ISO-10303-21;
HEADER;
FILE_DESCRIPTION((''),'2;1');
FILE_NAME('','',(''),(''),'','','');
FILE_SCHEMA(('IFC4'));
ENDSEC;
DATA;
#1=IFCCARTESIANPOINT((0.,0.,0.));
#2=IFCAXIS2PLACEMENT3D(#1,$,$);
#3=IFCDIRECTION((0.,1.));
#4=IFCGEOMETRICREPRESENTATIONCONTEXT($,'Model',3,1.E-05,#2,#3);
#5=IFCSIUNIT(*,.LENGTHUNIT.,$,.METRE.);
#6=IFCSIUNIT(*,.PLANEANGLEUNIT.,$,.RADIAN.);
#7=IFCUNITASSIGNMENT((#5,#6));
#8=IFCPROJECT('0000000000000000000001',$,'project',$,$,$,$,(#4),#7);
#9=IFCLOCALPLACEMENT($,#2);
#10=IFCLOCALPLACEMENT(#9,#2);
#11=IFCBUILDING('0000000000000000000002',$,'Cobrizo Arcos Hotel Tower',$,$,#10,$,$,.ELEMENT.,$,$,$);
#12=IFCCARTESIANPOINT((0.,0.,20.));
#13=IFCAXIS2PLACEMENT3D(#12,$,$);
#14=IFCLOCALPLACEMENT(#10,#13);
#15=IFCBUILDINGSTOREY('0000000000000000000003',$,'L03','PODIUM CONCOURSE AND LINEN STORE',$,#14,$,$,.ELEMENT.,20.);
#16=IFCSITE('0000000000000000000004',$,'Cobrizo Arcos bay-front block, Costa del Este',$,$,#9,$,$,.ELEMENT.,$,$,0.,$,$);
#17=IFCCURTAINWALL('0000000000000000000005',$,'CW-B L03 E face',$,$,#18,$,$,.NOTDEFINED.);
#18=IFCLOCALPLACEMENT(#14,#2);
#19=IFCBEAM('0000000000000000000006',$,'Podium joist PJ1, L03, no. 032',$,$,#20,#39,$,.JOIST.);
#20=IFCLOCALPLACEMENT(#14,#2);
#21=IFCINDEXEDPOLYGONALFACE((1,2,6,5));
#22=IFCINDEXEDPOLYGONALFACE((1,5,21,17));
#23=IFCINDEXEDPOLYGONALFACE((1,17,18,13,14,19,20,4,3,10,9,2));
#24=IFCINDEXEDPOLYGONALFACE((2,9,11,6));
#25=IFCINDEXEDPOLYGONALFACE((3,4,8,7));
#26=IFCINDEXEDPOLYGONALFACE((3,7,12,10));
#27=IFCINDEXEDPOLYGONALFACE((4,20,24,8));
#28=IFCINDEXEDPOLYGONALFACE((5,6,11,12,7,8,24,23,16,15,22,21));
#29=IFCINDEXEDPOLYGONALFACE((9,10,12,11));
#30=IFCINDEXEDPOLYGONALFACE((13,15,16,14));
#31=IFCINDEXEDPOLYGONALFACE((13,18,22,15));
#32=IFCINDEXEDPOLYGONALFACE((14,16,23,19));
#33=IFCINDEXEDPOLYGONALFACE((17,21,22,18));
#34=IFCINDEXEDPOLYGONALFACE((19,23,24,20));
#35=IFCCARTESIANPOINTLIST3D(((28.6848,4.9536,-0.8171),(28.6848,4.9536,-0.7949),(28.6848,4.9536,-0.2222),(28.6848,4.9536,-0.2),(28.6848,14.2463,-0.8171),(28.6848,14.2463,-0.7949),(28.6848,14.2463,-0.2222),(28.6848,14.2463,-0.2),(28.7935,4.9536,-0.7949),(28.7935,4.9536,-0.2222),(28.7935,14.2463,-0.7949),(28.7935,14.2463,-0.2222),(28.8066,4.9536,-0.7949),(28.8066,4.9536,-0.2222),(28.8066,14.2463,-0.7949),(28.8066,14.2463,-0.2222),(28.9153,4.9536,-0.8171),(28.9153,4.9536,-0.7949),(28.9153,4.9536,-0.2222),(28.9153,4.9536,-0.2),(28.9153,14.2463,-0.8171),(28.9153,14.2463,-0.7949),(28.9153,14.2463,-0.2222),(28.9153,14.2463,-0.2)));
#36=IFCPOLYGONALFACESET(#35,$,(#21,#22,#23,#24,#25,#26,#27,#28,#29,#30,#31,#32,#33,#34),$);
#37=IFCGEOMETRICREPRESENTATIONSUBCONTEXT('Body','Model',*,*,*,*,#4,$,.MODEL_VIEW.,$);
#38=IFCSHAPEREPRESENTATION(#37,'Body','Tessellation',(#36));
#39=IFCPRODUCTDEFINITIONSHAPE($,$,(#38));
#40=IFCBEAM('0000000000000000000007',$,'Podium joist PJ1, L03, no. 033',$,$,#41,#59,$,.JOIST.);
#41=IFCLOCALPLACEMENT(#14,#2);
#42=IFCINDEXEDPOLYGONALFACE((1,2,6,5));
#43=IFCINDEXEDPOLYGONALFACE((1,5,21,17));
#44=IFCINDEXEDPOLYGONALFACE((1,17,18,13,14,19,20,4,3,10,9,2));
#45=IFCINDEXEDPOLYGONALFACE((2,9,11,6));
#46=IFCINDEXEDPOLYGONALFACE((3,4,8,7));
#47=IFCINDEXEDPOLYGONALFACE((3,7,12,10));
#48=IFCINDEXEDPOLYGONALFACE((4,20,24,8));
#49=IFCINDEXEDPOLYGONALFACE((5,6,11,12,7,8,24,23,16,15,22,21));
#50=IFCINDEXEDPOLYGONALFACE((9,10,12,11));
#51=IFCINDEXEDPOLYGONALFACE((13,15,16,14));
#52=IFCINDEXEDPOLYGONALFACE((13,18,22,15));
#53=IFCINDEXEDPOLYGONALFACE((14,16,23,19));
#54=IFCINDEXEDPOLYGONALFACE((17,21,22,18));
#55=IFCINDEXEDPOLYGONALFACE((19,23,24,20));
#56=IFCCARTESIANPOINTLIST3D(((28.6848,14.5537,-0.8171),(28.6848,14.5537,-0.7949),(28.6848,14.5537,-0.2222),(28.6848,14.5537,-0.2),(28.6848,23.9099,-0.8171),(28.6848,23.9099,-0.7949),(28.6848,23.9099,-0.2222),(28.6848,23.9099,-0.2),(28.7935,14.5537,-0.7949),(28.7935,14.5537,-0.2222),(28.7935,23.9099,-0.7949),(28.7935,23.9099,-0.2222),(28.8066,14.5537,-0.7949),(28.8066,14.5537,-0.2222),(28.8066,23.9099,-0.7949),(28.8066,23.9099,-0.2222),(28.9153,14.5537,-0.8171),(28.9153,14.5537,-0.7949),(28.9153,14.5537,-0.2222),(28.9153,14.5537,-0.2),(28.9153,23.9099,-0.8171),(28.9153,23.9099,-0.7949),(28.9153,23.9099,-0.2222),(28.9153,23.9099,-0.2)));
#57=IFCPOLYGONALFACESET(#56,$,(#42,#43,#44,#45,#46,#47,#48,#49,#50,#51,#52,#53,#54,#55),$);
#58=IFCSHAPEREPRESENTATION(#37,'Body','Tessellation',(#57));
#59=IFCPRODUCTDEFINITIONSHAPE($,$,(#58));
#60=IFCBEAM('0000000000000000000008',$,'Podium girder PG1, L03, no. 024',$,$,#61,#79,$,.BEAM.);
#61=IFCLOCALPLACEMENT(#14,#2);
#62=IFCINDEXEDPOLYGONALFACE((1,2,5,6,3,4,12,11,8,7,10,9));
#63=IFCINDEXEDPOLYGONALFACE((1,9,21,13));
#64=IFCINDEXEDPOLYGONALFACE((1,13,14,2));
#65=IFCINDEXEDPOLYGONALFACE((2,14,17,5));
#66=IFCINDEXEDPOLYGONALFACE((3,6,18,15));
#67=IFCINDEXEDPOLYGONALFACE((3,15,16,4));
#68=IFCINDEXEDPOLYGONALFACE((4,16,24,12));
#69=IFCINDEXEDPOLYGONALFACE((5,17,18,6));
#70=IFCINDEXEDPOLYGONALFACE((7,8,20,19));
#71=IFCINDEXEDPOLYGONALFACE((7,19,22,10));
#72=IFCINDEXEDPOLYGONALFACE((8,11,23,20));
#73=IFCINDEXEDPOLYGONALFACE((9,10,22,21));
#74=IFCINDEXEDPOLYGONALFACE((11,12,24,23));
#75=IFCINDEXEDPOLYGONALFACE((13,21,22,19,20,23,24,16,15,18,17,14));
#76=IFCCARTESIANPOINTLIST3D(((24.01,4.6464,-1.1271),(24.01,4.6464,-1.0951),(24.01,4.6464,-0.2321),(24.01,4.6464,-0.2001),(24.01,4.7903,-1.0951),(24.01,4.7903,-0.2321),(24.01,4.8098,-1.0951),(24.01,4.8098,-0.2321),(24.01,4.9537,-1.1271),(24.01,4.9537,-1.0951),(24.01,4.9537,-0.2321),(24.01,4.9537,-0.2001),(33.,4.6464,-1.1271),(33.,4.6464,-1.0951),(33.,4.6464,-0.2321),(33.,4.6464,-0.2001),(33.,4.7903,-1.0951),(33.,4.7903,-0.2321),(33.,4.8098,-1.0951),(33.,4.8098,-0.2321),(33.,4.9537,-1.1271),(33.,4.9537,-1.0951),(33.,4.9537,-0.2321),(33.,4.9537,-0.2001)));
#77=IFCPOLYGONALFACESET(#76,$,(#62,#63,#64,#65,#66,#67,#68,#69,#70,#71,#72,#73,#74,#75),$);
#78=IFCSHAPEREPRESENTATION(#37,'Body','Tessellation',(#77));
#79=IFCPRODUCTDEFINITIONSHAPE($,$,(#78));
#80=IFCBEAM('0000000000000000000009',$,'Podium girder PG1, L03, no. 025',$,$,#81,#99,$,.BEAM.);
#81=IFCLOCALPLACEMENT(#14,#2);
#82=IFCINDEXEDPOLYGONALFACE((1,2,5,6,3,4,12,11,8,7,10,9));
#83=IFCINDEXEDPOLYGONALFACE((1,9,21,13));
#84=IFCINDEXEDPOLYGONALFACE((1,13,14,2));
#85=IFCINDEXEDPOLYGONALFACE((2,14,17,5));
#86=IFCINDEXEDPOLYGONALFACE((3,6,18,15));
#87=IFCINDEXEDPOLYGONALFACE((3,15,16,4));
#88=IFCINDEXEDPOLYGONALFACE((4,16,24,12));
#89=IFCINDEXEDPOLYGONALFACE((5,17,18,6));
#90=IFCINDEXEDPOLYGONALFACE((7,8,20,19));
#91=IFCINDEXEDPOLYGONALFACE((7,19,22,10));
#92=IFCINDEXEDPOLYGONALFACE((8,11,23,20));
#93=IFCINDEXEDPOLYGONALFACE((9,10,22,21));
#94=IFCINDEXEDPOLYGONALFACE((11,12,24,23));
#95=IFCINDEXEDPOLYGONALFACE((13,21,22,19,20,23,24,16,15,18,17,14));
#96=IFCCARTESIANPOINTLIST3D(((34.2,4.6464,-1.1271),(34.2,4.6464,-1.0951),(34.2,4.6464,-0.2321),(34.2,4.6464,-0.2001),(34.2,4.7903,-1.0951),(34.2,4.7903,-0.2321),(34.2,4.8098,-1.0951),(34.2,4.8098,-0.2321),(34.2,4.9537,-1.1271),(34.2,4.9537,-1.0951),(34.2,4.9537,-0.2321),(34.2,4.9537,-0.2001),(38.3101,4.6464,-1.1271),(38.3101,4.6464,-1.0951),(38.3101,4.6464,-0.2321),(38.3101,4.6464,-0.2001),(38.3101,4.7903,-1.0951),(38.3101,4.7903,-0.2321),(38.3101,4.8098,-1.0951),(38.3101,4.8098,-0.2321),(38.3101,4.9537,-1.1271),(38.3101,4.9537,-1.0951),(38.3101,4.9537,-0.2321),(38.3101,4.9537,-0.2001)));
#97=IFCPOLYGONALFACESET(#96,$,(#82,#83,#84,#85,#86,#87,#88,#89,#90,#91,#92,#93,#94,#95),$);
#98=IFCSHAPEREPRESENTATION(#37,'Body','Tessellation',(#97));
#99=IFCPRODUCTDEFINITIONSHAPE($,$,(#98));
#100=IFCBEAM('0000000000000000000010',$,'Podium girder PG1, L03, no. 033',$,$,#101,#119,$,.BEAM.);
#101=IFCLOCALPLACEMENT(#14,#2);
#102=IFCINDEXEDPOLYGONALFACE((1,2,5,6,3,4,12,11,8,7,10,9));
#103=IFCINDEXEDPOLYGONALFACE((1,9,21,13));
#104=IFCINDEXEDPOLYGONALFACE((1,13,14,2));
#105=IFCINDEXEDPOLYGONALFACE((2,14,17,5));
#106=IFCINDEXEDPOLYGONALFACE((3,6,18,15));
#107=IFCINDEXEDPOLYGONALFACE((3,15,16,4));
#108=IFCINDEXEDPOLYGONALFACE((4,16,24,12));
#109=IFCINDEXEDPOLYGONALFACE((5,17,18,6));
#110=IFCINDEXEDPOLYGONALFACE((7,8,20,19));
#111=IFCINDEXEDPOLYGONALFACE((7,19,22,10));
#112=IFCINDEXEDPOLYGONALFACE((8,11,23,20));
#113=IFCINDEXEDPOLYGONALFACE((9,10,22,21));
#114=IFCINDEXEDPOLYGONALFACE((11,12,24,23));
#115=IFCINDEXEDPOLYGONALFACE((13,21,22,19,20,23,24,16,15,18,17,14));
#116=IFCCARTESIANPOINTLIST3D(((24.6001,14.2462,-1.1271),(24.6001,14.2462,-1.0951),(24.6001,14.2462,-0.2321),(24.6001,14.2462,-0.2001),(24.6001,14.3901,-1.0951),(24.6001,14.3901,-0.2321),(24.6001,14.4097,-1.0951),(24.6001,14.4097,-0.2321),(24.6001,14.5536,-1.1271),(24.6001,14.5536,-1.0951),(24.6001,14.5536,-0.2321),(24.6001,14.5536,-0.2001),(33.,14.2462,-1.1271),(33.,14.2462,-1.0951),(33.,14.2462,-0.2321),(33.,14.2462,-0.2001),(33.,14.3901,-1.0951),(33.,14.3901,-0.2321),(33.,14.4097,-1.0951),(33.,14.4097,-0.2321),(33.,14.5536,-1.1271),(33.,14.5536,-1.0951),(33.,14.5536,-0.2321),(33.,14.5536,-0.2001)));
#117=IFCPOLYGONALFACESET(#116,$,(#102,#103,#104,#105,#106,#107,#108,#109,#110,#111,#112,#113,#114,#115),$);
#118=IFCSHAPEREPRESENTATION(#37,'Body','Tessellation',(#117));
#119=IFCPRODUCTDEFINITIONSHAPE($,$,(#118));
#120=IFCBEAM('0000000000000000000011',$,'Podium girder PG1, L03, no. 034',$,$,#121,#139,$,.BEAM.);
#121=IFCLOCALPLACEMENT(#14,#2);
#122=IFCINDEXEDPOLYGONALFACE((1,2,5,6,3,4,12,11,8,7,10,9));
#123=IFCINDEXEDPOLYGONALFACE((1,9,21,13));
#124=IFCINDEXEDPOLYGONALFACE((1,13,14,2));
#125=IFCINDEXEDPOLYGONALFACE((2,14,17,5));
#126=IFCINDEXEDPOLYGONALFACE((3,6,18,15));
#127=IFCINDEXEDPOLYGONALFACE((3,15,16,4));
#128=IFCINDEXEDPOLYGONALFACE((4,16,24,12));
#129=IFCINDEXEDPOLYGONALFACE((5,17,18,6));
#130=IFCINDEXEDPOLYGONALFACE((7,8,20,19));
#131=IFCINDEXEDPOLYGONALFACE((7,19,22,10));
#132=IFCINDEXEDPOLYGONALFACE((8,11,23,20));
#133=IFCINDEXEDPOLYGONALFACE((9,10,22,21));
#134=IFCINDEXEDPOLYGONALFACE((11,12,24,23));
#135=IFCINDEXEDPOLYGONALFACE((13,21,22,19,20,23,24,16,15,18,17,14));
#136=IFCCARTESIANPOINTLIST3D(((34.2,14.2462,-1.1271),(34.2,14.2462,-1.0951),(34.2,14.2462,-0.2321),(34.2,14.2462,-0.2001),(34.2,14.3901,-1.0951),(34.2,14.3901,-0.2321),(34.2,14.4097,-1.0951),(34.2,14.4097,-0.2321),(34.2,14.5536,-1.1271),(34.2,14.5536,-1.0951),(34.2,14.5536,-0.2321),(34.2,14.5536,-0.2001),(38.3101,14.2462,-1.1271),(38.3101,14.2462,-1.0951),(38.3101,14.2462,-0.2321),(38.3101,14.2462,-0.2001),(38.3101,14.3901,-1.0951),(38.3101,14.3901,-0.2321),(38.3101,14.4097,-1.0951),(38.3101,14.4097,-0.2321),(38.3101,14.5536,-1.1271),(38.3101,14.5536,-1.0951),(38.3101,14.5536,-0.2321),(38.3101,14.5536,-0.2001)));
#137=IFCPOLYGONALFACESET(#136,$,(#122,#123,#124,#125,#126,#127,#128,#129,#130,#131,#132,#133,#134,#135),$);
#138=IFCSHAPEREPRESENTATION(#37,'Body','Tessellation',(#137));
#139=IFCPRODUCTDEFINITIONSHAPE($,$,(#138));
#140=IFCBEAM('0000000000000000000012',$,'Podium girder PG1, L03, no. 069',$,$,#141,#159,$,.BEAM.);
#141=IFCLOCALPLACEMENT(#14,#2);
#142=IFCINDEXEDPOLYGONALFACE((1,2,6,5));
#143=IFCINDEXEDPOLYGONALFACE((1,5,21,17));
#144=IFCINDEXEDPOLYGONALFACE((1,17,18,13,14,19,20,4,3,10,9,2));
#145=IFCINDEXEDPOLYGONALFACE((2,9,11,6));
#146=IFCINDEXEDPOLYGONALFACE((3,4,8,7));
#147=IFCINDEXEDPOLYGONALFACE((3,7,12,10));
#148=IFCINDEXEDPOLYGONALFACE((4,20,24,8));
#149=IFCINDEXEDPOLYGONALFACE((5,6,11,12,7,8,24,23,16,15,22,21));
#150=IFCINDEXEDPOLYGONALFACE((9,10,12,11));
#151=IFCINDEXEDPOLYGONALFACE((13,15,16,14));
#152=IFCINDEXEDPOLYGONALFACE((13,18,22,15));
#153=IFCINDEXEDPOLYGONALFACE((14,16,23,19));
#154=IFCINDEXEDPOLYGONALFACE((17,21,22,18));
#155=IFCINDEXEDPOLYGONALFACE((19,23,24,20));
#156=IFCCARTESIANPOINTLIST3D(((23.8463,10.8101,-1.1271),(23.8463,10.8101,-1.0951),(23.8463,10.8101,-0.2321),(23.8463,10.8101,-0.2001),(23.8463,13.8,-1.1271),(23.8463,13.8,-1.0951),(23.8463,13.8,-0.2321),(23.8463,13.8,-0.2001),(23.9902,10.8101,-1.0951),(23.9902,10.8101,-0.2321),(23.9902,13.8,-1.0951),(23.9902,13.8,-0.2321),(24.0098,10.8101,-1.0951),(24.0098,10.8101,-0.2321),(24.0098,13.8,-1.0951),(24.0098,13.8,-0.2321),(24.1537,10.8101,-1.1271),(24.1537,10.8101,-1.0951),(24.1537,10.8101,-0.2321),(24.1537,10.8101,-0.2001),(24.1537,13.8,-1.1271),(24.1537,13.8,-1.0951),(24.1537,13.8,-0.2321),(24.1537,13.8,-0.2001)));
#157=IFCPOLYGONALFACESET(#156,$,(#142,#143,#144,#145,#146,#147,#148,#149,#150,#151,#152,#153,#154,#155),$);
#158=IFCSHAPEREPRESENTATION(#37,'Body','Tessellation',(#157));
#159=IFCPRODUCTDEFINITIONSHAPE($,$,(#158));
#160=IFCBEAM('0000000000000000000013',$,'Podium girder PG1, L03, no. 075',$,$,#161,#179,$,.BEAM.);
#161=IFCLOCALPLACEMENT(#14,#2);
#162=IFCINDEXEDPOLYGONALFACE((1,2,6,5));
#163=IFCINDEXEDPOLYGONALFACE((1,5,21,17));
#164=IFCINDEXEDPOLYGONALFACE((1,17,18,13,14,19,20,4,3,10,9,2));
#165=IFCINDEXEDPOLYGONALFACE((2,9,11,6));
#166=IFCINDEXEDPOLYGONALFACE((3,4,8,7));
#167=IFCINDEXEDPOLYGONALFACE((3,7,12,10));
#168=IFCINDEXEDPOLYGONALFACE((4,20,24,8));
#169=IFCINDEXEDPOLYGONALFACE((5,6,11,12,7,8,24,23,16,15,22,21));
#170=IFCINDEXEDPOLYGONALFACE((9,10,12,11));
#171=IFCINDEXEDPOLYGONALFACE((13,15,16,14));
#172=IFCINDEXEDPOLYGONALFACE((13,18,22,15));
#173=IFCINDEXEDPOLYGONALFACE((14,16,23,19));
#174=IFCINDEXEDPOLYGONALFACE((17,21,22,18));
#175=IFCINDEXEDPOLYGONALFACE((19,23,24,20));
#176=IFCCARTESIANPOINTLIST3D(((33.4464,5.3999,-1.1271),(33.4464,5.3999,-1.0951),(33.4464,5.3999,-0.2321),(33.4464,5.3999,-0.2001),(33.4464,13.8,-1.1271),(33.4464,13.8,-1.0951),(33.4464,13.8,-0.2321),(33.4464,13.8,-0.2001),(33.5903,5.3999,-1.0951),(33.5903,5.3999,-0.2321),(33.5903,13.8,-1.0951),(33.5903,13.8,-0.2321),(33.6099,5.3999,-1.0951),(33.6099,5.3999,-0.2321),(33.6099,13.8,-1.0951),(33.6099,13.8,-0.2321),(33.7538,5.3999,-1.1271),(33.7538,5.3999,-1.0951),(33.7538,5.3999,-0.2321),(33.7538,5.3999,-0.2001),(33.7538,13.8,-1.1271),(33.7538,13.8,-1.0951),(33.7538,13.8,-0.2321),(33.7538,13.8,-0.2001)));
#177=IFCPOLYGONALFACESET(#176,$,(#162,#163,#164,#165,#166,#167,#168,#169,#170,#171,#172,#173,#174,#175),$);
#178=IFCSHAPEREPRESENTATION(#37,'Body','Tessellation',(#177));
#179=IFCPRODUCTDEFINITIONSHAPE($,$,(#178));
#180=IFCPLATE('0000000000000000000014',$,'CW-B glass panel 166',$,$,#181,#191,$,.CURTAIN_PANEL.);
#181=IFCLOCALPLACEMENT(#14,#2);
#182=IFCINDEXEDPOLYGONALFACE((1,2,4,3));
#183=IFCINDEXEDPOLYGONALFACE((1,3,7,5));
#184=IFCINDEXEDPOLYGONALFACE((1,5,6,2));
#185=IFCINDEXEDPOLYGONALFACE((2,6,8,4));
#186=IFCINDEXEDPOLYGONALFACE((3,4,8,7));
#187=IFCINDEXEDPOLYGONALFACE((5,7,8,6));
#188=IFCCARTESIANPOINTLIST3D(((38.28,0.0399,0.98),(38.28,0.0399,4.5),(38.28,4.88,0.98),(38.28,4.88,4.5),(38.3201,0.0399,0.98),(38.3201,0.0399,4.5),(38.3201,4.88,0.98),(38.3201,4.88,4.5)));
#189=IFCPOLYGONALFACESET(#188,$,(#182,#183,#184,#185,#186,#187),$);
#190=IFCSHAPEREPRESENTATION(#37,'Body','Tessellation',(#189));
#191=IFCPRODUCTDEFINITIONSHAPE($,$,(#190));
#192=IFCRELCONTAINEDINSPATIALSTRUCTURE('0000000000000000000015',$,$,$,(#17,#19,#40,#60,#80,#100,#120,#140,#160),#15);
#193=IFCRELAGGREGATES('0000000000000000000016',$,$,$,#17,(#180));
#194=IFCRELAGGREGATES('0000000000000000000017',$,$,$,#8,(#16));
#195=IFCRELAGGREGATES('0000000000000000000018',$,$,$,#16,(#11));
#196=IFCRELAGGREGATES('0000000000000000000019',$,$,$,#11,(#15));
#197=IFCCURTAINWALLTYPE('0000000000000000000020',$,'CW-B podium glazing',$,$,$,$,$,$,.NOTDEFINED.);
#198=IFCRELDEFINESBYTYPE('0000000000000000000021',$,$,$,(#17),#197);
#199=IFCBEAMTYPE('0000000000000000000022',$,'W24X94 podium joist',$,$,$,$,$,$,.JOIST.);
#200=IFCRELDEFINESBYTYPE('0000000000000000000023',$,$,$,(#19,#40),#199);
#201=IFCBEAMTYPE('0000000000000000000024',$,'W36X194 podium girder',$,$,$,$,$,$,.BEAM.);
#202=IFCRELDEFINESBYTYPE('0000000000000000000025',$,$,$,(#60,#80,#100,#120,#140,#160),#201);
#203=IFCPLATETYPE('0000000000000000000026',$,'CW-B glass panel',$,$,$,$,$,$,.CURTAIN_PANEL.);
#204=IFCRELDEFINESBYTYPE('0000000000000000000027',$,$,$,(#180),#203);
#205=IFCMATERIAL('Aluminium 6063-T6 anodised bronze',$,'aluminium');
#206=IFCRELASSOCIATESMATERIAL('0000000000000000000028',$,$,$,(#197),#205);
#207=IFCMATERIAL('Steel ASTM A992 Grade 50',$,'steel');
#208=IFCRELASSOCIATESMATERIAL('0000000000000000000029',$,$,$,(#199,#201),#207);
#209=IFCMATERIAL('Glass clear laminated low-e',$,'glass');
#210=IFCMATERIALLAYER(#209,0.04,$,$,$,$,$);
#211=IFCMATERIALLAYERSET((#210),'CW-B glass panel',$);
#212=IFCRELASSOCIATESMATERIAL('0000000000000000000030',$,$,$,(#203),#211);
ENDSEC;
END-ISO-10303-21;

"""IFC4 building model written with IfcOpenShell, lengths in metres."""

from ifc_helpers import new_model, si_unit, direction, frame, origin, origin_2d, place, context, subcontext, project, spatial, rectangle, i_section, extrude, material, layer, layer_set, material_profile, profile_set, type_object, element, aggregate, save


model = new_model("IFC4")

# Units and contexts
model_context = context("Model", 3, precision=1e-05, world=origin(), true_north=direction((0.0, 1.0)))
body_context = subcontext(model_context, "Body", "Model", "MODEL_VIEW")
ifc_project = project(units=[si_unit("LENGTHUNIT", "METRE"), si_unit("PLANEANGLEUNIT", "RADIAN")], contexts=[model_context])

# Site, building, storey
site_placement = place(None, origin())
site = spatial("IfcSite", under=ifc_project, at=site_placement, Name="Cobrizo Arcos bay-front block, Costa del Este", CompositionType="ELEMENT", RefElevation=0.0)
building_placement = place(site_placement, origin())
building = spatial("IfcBuilding", under=site, at=building_placement, Name="Cobrizo Arcos Hotel Tower", CompositionType="ELEMENT")
storey_placement = place(building_placement, frame((0.0, 0.0, 20.0)))
storey = spatial("IfcBuildingStorey", under=building, at=storey_placement, Name="L03", Description="PODIUM CONCOURSE AND LINEN STORE", CompositionType="ELEMENT", Elevation=20.0)

# Curtain wall
ifc_material_1 = material(Name="Aluminium 6063-T6 anodised bronze", Category="aluminium")
curtain_wall_type = type_object("IfcCurtainWallType", Name="CW-B podium glazing", PredefinedType="NOTDEFINED", material=ifc_material_1)
curtain_wall_placement = place(storey_placement, origin())
curtain_wall = element("IfcCurtainWall", 1, at=curtain_wall_placement, inside=storey, type_object=curtain_wall_type, Name="CW-B L03 E face", PredefinedType="NOTDEFINED")

# Beams
ifc_material_2 = material(Name="Steel ASTM A992 Grade 50", Category="steel")
ifc_material_profile_1 = material_profile(ifc_material_2, i_section(OverallWidth=0.2305, OverallDepth=0.6172, WebThickness=0.0132, FlangeThickness=0.0222, at=origin_2d()), Name="W24X94")
ifc_profile_set_1 = profile_set([ifc_material_profile_1], Name="Steel ASTM A992 Grade 50")
beam_type_1 = type_object("IfcBeamType", Name="W24X94 podium joist", PredefinedType="JOIST", material=ifc_profile_set_1)
beam_1_placement = place(storey_placement, frame((28.8, 4.9536, -0.5085), z_axis=(0.0, 1.0, 0.0), x_axis=(-1.0, 0.0, 0.0)))
element("IfcBeam", 2, at=beam_1_placement, inside=storey, type_object=beam_type_1, Name="Podium joist PJ1, L03, no. 032", PredefinedType="JOIST", context=body_context, shape_type="SweptSolid", body=[
    extrude(i_section(OverallWidth=0.2305, OverallDepth=0.6172, WebThickness=0.0132, FlangeThickness=0.0222, at=origin_2d()), origin(), (0.0, 0.0, 1.0), 9.2927),
])
beam_2_placement = place(storey_placement, frame((28.8, 14.5537, -0.5085), z_axis=(0.0, 1.0, 0.0), x_axis=(-1.0, 0.0, 0.0)))
element("IfcBeam", 3, at=beam_2_placement, inside=storey, type_object=beam_type_1, Name="Podium joist PJ1, L03, no. 033", PredefinedType="JOIST", context=body_context, shape_type="SweptSolid", body=[
    extrude(i_section(OverallWidth=0.2305, OverallDepth=0.6172, WebThickness=0.0132, FlangeThickness=0.0222, at=origin_2d()), origin(), (0.0, 0.0, 1.0), 9.3562),
])
ifc_material_profile_2 = material_profile(ifc_material_2, i_section(OverallWidth=0.3074, OverallDepth=0.927, WebThickness=0.0195, FlangeThickness=0.032, at=origin_2d()), Name="W36X194")
ifc_profile_set_2 = profile_set([ifc_material_profile_2], Name="Steel ASTM A992 Grade 50")
beam_type_2 = type_object("IfcBeamType", Name="W36X194 podium girder", PredefinedType="BEAM", material=ifc_profile_set_2)
beam_3_placement = place(storey_placement, frame((24.01, 4.8, -0.6636), z_axis=(1.0, 0.0, 0.0), x_axis=(0.0, 1.0, 0.0)))
element("IfcBeam", 4, at=beam_3_placement, inside=storey, type_object=beam_type_2, Name="Podium girder PG1, L03, no. 024", PredefinedType="BEAM", context=body_context, shape_type="SweptSolid", body=[
    extrude(i_section(OverallWidth=0.3074, OverallDepth=0.927, WebThickness=0.0195, FlangeThickness=0.032, at=origin_2d()), origin(), (0.0, 0.0, 1.0), 8.99),
])
beam_4_placement = place(storey_placement, frame((34.2, 4.8, -0.6636), z_axis=(1.0, 0.0, 0.0), x_axis=(0.0, 1.0, 0.0)))
element("IfcBeam", 5, at=beam_4_placement, inside=storey, type_object=beam_type_2, Name="Podium girder PG1, L03, no. 025", PredefinedType="BEAM", context=body_context, shape_type="SweptSolid", body=[
    extrude(i_section(OverallWidth=0.3074, OverallDepth=0.927, WebThickness=0.0195, FlangeThickness=0.032, at=origin_2d()), origin(), (0.0, 0.0, 1.0), 4.1101),
])
beam_5_placement = place(storey_placement, frame((24.6001, 14.3999, -0.6636), z_axis=(1.0, 0.0, 0.0), x_axis=(0.0, 1.0, 0.0)))
element("IfcBeam", 6, at=beam_5_placement, inside=storey, type_object=beam_type_2, Name="Podium girder PG1, L03, no. 033", PredefinedType="BEAM", context=body_context, shape_type="SweptSolid", body=[
    extrude(i_section(OverallWidth=0.3074, OverallDepth=0.927, WebThickness=0.0195, FlangeThickness=0.032, at=origin_2d()), origin(), (0.0, 0.0, 1.0), 8.3999),
])
beam_6_placement = place(storey_placement, frame((34.2, 14.3999, -0.6636), z_axis=(1.0, 0.0, 0.0), x_axis=(0.0, 1.0, 0.0)))
element("IfcBeam", 7, at=beam_6_placement, inside=storey, type_object=beam_type_2, Name="Podium girder PG1, L03, no. 034", PredefinedType="BEAM", context=body_context, shape_type="SweptSolid", body=[
    extrude(i_section(OverallWidth=0.3074, OverallDepth=0.927, WebThickness=0.0195, FlangeThickness=0.032, at=origin_2d()), origin(), (0.0, 0.0, 1.0), 4.1101),
])
beam_7_placement = place(storey_placement, frame((24.0, 10.8101, -0.6636), z_axis=(0.0, 1.0, 0.0), x_axis=(-1.0, 0.0, 0.0)))
element("IfcBeam", 8, at=beam_7_placement, inside=storey, type_object=beam_type_2, Name="Podium girder PG1, L03, no. 069", PredefinedType="BEAM", context=body_context, shape_type="SweptSolid", body=[
    extrude(i_section(OverallWidth=0.3074, OverallDepth=0.927, WebThickness=0.0195, FlangeThickness=0.032, at=origin_2d()), origin(), (0.0, 0.0, 1.0), 2.99),
])
beam_8_placement = place(storey_placement, frame((33.6001, 5.3999, -0.6636), z_axis=(0.0, 1.0, 0.0), x_axis=(-1.0, 0.0, 0.0)))
element("IfcBeam", 9, at=beam_8_placement, inside=storey, type_object=beam_type_2, Name="Podium girder PG1, L03, no. 075", PredefinedType="BEAM", context=body_context, shape_type="SweptSolid", body=[
    extrude(i_section(OverallWidth=0.3074, OverallDepth=0.927, WebThickness=0.0195, FlangeThickness=0.032, at=origin_2d()), origin(), (0.0, 0.0, 1.0), 8.4001),
])

# Plate
ifc_material_3 = material(Name="Glass clear laminated low-e", Category="glass")
ifc_layer_1 = layer(ifc_material_3, 0.04)
ifc_layer_set_1 = layer_set([ifc_layer_1], Name="CW-B glass panel")
plate_type_1 = type_object("IfcPlateType", Name="CW-B glass panel", PredefinedType="CURTAIN_PANEL", material=ifc_layer_set_1)
plate_1_placement = place(storey_placement, frame((38.3, 2.46, 0.98), z_axis=(0.0, 0.0, 1.0), x_axis=(0.0, 1.0, 0.0)))
plate_1 = element("IfcPlate", 10, at=plate_1_placement, type_object=plate_type_1, Name="CW-B glass panel 166", PredefinedType="CURTAIN_PANEL", context=body_context, shape_type="SweptSolid", body=[
    extrude(rectangle(XDim=4.8401, YDim=0.04, at=origin_2d()), origin(), (0.0, 0.0, 1.0), 3.52),
])
aggregate(curtain_wall, [plate_1])

save(model, "model.ifc")
